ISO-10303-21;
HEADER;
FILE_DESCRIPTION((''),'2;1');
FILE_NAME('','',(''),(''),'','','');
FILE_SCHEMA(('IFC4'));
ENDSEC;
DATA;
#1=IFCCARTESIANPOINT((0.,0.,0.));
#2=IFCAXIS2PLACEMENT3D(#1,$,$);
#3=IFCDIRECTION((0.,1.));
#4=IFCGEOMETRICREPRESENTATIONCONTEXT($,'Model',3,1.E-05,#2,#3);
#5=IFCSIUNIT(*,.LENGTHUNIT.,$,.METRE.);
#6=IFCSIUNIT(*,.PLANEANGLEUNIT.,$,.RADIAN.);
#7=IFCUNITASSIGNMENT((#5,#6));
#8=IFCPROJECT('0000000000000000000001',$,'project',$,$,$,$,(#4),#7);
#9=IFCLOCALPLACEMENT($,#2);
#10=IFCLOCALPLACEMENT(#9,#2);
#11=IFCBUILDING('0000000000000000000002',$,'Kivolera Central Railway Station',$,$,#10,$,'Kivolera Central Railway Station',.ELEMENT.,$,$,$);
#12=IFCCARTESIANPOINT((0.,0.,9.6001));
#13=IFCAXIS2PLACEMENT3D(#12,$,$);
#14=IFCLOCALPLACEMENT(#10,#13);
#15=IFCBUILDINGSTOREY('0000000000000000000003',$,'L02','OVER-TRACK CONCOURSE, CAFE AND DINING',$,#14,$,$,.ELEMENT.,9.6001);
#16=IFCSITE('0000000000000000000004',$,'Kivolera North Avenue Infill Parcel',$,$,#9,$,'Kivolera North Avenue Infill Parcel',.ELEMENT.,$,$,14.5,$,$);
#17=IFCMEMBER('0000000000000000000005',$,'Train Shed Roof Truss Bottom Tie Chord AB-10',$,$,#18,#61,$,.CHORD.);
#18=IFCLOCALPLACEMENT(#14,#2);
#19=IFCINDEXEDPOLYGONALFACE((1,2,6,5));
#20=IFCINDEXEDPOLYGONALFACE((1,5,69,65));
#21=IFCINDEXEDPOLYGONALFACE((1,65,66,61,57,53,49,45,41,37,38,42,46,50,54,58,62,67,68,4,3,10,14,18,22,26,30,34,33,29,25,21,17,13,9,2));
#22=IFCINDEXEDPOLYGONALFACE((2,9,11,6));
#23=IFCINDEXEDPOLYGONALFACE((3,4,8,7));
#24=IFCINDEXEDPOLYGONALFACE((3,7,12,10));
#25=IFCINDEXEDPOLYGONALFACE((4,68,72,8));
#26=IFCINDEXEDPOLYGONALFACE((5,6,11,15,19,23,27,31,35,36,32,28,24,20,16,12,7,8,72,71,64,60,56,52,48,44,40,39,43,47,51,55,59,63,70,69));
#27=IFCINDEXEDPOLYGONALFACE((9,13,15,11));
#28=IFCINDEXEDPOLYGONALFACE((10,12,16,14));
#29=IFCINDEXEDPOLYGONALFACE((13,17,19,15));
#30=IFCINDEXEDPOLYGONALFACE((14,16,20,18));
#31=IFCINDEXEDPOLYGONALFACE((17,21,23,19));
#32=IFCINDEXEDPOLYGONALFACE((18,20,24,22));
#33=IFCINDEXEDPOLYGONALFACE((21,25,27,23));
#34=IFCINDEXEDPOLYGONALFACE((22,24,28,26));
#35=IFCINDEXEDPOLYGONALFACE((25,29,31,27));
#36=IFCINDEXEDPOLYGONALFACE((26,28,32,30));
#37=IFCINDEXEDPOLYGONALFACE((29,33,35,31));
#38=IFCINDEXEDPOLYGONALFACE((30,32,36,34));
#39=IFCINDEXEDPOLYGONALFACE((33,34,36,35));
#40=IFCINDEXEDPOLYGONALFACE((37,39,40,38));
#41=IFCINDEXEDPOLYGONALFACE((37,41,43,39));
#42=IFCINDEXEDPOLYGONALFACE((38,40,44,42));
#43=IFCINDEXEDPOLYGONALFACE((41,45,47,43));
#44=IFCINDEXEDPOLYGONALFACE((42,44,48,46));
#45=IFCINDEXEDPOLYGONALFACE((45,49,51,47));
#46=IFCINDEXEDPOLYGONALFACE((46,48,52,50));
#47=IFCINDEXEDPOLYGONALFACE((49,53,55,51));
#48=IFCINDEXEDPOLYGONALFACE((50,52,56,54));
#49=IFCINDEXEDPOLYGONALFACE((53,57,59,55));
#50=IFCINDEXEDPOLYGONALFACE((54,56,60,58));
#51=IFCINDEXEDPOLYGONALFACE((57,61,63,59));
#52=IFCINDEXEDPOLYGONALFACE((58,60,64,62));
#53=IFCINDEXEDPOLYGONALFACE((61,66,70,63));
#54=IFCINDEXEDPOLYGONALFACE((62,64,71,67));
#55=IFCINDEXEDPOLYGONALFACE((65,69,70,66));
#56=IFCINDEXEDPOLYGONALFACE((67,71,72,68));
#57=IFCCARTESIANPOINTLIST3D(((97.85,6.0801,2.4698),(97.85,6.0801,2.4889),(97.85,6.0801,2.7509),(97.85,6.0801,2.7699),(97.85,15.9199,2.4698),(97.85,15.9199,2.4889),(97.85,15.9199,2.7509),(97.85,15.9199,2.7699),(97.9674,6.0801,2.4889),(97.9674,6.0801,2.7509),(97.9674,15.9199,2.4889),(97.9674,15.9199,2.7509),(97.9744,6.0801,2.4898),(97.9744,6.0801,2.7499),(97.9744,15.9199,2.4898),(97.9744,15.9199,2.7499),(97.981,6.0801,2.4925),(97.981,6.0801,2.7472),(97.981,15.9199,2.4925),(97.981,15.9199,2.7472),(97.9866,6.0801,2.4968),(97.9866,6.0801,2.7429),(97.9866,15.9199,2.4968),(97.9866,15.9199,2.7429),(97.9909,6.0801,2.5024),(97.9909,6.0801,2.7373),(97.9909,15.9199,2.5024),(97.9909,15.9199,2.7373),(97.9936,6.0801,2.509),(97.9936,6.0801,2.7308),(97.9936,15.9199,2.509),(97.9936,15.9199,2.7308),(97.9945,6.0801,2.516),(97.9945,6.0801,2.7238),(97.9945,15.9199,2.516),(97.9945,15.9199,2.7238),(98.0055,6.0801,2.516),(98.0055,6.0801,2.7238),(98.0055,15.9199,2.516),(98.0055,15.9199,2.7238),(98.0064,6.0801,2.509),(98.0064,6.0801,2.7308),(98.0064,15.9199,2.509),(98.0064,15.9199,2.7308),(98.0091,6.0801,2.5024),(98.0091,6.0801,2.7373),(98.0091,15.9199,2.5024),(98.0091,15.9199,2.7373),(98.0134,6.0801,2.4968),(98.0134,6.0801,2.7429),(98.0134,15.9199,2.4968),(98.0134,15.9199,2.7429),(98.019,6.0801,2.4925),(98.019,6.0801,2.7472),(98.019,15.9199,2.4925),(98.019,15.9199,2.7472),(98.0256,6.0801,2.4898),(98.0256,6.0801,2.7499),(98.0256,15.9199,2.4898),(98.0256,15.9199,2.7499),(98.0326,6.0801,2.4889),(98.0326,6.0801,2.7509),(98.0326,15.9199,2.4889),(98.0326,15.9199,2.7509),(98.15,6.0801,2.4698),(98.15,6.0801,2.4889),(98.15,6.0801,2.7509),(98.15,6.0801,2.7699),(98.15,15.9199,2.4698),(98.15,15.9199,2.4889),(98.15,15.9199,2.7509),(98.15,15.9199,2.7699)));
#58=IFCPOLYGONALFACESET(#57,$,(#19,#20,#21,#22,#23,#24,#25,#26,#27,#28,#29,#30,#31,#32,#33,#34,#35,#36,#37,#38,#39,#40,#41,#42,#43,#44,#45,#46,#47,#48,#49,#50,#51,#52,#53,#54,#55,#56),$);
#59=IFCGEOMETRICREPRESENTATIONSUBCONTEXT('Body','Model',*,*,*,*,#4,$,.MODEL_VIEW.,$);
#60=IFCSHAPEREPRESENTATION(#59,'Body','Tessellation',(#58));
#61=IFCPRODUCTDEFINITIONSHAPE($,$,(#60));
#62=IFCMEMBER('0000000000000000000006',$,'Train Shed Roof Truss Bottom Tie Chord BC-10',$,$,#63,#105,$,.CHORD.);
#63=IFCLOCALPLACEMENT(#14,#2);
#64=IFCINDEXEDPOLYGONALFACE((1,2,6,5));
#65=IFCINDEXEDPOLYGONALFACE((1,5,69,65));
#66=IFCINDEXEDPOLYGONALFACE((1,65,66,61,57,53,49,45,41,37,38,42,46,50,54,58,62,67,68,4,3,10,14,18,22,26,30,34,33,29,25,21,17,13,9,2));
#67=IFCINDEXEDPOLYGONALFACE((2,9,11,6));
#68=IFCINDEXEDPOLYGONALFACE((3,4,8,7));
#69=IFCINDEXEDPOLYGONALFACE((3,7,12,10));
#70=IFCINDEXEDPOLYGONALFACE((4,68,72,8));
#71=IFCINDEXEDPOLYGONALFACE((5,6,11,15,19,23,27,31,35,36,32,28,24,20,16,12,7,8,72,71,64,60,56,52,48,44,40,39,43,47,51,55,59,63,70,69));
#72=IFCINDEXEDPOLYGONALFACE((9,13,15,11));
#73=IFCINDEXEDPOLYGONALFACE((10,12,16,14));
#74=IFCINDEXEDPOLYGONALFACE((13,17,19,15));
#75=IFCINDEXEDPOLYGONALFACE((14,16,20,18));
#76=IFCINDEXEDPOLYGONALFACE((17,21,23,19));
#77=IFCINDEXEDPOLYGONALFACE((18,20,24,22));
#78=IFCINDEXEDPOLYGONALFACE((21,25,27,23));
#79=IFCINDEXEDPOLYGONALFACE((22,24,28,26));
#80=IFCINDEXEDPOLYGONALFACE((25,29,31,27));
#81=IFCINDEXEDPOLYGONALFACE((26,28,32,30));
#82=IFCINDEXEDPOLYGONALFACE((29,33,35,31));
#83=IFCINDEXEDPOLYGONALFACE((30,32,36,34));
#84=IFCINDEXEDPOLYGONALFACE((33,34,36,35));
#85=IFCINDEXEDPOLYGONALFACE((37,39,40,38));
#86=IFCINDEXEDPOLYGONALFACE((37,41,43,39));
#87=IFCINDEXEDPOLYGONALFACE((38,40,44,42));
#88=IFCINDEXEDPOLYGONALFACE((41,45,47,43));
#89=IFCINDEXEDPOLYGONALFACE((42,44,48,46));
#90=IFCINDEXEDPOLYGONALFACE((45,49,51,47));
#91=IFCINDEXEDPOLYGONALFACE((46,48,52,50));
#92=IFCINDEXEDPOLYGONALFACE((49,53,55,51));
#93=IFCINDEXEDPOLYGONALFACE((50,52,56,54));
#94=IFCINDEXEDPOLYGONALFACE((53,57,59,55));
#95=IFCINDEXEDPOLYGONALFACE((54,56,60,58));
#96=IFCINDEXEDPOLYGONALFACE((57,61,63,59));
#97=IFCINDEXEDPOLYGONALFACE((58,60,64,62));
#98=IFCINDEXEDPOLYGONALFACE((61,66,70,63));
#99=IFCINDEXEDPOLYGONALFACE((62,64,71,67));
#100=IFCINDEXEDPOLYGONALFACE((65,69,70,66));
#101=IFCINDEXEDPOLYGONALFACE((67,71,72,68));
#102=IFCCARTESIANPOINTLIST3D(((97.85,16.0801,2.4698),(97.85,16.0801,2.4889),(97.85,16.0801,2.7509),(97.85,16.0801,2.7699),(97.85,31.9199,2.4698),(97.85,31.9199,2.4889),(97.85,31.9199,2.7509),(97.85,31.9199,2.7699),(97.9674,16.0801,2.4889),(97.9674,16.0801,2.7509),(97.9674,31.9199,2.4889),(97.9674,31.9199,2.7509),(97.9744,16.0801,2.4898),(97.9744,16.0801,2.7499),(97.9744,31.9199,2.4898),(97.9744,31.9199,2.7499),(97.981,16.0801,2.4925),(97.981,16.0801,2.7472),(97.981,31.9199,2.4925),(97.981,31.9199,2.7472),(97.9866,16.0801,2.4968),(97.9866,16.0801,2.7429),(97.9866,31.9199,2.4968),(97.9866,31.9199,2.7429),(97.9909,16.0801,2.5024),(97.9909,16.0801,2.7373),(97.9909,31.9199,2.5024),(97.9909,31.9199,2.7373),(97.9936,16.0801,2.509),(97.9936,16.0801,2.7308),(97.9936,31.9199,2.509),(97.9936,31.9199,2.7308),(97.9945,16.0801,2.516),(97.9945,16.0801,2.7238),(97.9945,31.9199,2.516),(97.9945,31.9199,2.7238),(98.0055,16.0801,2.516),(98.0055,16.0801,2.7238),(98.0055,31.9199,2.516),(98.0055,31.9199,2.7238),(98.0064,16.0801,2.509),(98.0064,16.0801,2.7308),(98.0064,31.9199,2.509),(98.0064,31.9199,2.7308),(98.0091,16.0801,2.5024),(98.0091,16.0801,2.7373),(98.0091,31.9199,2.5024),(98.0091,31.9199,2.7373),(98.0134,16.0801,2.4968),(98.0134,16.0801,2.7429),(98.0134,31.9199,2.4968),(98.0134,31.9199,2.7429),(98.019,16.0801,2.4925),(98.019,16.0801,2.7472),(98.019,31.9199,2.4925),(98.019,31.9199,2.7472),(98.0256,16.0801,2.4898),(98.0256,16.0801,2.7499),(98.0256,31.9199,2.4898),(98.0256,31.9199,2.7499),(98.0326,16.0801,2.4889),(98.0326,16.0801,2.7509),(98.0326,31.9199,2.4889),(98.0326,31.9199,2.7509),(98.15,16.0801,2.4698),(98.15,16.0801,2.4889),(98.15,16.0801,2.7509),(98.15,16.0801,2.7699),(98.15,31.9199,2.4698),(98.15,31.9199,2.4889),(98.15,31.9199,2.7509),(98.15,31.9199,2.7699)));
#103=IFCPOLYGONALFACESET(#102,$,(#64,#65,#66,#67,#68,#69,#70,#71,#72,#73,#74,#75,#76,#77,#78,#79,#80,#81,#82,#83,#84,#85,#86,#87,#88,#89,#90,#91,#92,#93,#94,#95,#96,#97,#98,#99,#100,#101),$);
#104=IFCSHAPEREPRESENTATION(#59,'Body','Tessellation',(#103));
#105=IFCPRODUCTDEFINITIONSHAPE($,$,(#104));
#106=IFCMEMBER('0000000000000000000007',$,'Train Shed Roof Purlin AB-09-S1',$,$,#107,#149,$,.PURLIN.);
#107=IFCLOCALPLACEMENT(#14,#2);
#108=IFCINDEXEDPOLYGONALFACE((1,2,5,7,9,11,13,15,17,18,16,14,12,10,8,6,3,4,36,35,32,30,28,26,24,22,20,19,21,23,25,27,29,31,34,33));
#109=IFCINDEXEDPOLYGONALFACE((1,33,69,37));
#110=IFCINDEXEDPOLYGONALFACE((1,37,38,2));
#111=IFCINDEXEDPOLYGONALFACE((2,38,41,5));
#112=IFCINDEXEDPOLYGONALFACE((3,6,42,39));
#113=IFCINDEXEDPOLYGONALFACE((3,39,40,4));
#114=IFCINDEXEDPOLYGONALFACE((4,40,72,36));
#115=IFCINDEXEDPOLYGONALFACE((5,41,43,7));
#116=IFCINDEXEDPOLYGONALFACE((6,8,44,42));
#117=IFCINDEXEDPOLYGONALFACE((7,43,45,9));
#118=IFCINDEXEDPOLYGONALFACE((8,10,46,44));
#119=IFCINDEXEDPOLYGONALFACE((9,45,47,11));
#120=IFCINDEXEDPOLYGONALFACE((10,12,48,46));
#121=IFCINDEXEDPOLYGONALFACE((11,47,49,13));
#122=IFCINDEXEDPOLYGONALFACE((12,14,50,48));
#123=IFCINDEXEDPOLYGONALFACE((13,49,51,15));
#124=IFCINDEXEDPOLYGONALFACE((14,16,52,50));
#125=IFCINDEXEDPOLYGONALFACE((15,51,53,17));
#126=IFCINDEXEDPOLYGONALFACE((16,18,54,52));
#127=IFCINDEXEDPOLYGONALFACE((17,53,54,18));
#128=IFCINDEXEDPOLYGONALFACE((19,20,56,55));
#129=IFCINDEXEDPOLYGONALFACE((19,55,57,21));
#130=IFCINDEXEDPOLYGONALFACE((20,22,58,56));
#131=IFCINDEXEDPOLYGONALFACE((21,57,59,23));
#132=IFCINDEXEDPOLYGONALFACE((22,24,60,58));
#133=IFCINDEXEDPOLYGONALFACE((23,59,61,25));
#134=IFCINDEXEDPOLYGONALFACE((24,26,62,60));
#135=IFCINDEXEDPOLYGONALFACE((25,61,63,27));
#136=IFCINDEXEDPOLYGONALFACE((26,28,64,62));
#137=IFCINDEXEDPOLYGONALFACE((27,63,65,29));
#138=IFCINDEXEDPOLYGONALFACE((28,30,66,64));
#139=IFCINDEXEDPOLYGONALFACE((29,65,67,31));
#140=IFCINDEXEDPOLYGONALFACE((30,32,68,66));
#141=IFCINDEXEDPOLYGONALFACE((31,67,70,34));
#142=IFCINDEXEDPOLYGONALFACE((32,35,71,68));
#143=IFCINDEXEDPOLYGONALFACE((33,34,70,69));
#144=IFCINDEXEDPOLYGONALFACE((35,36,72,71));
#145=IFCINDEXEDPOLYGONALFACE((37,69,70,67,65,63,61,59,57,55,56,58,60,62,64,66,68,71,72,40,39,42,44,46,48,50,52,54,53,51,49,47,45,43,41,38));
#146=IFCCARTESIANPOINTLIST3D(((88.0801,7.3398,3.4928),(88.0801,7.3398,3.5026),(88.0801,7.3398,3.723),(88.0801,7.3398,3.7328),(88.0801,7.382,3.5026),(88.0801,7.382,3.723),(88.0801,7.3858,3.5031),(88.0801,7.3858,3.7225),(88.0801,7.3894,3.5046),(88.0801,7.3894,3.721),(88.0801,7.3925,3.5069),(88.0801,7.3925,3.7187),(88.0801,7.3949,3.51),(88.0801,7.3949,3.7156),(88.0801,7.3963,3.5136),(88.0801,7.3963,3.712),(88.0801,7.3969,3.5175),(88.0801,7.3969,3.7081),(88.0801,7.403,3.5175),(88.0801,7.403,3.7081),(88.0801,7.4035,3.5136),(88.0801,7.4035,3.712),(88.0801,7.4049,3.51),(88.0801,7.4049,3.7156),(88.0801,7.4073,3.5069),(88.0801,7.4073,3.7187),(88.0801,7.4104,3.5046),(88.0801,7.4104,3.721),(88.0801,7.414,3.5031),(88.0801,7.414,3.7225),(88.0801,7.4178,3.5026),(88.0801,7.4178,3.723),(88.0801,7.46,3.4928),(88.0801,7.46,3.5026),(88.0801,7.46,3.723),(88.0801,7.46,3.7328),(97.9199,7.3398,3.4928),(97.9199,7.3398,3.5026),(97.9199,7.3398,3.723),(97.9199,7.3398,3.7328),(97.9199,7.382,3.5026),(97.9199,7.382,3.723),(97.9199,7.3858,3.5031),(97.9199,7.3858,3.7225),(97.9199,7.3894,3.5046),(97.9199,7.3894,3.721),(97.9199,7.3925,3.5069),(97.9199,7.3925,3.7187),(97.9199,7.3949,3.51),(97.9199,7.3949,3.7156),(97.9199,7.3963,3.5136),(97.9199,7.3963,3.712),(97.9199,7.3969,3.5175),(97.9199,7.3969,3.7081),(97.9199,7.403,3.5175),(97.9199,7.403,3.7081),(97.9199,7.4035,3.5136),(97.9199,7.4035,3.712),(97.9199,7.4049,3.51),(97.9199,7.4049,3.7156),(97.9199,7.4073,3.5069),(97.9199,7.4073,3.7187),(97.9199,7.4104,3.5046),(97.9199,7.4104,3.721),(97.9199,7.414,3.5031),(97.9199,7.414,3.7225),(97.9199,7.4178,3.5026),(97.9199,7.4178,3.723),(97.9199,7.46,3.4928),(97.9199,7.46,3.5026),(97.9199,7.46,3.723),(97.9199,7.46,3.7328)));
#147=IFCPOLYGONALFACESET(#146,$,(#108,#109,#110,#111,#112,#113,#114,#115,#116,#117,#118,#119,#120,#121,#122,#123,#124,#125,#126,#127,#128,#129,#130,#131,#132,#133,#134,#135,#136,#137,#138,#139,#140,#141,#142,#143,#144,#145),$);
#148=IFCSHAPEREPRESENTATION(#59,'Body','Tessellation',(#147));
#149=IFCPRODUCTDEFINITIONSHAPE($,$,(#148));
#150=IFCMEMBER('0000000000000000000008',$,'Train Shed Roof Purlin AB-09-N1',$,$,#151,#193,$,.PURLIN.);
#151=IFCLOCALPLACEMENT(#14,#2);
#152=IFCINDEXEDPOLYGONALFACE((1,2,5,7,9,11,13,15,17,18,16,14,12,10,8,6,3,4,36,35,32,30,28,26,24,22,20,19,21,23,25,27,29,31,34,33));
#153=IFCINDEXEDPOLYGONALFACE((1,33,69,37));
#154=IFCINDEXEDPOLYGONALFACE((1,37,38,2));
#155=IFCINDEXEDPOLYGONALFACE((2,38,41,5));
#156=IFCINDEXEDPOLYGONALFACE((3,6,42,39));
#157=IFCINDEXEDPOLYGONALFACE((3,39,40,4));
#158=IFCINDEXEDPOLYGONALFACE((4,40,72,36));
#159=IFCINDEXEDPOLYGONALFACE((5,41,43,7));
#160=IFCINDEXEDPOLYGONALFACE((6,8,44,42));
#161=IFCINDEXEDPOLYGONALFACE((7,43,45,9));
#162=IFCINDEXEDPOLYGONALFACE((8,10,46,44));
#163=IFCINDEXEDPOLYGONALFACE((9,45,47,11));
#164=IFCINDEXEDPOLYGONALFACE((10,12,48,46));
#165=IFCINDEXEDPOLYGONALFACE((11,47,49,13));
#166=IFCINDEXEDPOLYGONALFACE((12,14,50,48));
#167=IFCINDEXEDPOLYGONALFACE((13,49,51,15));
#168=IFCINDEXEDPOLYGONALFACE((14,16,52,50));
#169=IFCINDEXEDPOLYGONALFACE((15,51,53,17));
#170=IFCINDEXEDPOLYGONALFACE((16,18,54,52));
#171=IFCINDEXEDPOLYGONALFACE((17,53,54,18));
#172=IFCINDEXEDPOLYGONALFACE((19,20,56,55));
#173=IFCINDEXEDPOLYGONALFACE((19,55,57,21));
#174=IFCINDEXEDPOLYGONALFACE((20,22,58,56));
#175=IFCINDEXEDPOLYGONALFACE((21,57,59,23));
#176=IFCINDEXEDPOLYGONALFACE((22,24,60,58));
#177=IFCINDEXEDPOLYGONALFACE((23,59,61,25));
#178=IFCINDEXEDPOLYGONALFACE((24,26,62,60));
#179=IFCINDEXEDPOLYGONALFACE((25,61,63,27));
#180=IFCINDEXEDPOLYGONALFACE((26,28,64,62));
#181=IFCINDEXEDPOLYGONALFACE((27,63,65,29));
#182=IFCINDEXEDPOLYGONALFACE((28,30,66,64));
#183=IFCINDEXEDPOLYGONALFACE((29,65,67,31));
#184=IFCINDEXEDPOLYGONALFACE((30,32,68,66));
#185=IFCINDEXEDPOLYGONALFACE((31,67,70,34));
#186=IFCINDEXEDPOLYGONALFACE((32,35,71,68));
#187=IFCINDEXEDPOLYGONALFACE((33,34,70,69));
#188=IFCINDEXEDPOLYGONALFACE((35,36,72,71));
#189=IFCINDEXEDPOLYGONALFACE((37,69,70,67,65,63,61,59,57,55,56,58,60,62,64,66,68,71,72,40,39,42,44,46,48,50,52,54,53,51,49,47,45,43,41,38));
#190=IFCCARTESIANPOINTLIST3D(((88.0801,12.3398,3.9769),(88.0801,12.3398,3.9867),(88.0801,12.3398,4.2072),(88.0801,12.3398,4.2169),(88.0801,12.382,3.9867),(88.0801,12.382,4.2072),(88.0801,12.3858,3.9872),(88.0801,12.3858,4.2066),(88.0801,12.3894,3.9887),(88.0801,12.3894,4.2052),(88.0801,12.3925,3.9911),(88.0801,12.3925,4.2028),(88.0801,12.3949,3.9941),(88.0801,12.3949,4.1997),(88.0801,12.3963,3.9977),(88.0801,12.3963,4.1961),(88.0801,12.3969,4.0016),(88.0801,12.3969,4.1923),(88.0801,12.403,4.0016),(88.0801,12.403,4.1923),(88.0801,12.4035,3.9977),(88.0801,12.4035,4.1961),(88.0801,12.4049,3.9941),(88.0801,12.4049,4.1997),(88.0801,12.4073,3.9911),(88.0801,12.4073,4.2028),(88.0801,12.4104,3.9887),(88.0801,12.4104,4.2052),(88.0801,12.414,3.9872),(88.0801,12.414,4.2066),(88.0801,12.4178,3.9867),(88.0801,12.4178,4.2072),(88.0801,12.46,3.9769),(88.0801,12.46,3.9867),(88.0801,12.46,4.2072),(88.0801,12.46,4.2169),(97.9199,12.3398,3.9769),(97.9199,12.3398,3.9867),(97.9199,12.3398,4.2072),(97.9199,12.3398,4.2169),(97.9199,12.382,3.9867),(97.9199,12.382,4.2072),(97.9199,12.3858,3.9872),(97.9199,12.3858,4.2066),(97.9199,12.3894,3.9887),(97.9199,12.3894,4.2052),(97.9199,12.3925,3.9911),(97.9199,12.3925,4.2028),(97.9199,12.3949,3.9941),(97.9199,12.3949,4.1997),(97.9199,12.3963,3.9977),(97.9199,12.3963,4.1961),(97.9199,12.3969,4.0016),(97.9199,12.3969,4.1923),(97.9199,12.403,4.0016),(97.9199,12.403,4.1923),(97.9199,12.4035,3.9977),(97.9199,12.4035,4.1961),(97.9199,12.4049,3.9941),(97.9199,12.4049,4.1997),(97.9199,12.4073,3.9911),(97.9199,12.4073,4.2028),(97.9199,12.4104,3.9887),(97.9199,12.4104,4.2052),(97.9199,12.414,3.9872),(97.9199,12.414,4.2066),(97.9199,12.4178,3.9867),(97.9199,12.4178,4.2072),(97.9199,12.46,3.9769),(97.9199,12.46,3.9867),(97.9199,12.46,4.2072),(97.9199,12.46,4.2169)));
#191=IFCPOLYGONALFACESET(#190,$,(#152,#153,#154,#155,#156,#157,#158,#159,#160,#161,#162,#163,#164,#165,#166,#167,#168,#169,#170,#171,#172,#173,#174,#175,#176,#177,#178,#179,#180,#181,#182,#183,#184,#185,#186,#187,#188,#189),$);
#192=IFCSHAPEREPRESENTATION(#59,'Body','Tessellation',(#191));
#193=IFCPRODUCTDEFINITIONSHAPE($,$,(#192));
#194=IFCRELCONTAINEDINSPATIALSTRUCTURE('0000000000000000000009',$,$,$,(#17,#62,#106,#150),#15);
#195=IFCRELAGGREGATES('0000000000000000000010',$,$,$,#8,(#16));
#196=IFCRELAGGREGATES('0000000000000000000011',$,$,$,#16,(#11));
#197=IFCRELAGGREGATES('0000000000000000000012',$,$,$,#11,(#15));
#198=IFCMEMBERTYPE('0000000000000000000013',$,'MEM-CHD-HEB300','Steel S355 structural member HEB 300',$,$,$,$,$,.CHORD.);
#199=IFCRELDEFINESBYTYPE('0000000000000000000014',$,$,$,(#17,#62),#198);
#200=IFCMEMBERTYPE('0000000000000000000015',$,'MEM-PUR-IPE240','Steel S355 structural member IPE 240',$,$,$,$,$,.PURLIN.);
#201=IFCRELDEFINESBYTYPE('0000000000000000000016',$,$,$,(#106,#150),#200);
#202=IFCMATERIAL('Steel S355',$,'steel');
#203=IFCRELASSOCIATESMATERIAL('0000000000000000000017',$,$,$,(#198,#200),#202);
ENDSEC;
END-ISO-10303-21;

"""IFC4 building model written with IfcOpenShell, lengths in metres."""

from ifc_helpers import new_model, si_unit, direction, frame, origin, origin_2d, place, context, subcontext, project, spatial, i_section, extrude, material, material_profile, profile_set, type_object, element, save


model = new_model("IFC4")

# Units and contexts
model_context = context("Model", 3, precision=1e-05, world=origin(), true_north=direction((0.0, 1.0)))
body_context = subcontext(model_context, "Body", "Model", "MODEL_VIEW")
ifc_project = project(units=[si_unit("LENGTHUNIT", "METRE"), si_unit("PLANEANGLEUNIT", "RADIAN")], contexts=[model_context])

# Site, building, storey
site_placement = place(None, origin())
site = spatial("IfcSite", under=ifc_project, at=site_placement, Name="Kivolera North Avenue Infill Parcel", LongName="Kivolera North Avenue Infill Parcel", CompositionType="ELEMENT", RefElevation=14.5)
building_placement = place(site_placement, origin())
building = spatial("IfcBuilding", under=site, at=building_placement, Name="Kivolera Central Railway Station", LongName="Kivolera Central Railway Station", CompositionType="ELEMENT")
storey_placement = place(building_placement, frame((0.0, 0.0, 9.6001)))
storey = spatial("IfcBuildingStorey", under=building, at=storey_placement, Name="L02", Description="OVER-TRACK CONCOURSE, CAFE AND DINING", CompositionType="ELEMENT", Elevation=9.6001)

# Shared definitions
ifc_material_1 = material(Name="Steel S355", Category="steel")

# Members
ifc_material_profile_1 = material_profile(ifc_material_1, i_section(OverallWidth=0.3, OverallDepth=0.3, WebThickness=0.011, FlangeThickness=0.019, FilletRadius=0.0271, at=origin_2d()), Name="HEB 300")
ifc_profile_set_1 = profile_set([ifc_material_profile_1], Name="Steel S355")
member_type_1 = type_object("IfcMemberType", Name="MEM-CHD-HEB300", Description="Steel S355 structural member HEB 300", PredefinedType="CHORD", material=ifc_profile_set_1)
for number, where, z_axis, x_axis, name in (
    (1, (98.0, 6.0801, 2.6199), (0.0, 1.0, 0.0), (-1.0, 0.0, 0.0), "Train Shed Roof Truss Bottom Tie Chord AB-10"),
):
    element("IfcMember", number, at=place(storey_placement, frame(where, z_axis=z_axis, x_axis=x_axis)), inside=storey, type_object=member_type_1, Name=name, PredefinedType="CHORD", context=body_context, shape_type="SweptSolid", body=[
        extrude(i_section(OverallWidth=0.3, OverallDepth=0.3, WebThickness=0.011, FlangeThickness=0.019, FilletRadius=0.0271, at=origin_2d()), origin(), (0.0, 0.0, 1.0), 9.8398),
    ])
member_placement = place(storey_placement, frame((98.0, 16.0801, 2.6199), z_axis=(0.0, 1.0, 0.0), x_axis=(-1.0, 0.0, 0.0)))
element("IfcMember", 2, at=member_placement, inside=storey, type_object=member_type_1, Name="Train Shed Roof Truss Bottom Tie Chord BC-10", PredefinedType="CHORD", context=body_context, shape_type="SweptSolid", body=[
    extrude(i_section(OverallWidth=0.3, OverallDepth=0.3, WebThickness=0.011, FlangeThickness=0.019, FilletRadius=0.0271, at=origin_2d()), origin(), (0.0, 0.0, 1.0), 15.8398),
])
ifc_material_profile_2 = material_profile(ifc_material_1, i_section(OverallWidth=0.1201, OverallDepth=0.24, WebThickness=0.0061, FlangeThickness=0.0098, FilletRadius=0.0149, at=origin_2d()), Name="IPE 240")
ifc_profile_set_2 = profile_set([ifc_material_profile_2], Name="Steel S355")
member_type_2 = type_object("IfcMemberType", Name="MEM-PUR-IPE240", Description="Steel S355 structural member IPE 240", PredefinedType="PURLIN", material=ifc_profile_set_2)
for number, where, z_axis, x_axis, name in (
    (3, (88.0801, 7.3999, 3.6128), (1.0, 0.0, 0.0), (0.0, 1.0, 0.0), "Train Shed Roof Purlin AB-09-S1"),
    (4, (88.0801, 12.3999, 4.0969), (1.0, 0.0, 0.0), (0.0, 1.0, 0.0), "Train Shed Roof Purlin AB-09-N1"),
):
    element("IfcMember", number, at=place(storey_placement, frame(where, z_axis=z_axis, x_axis=x_axis)), inside=storey, type_object=member_type_2, Name=name, PredefinedType="PURLIN", context=body_context, shape_type="SweptSolid", body=[
        extrude(i_section(OverallWidth=0.1201, OverallDepth=0.24, WebThickness=0.0061, FlangeThickness=0.0098, FilletRadius=0.0149, at=origin_2d()), origin(), (0.0, 0.0, 1.0), 9.8398),
    ])

save(model, "model.ifc")
